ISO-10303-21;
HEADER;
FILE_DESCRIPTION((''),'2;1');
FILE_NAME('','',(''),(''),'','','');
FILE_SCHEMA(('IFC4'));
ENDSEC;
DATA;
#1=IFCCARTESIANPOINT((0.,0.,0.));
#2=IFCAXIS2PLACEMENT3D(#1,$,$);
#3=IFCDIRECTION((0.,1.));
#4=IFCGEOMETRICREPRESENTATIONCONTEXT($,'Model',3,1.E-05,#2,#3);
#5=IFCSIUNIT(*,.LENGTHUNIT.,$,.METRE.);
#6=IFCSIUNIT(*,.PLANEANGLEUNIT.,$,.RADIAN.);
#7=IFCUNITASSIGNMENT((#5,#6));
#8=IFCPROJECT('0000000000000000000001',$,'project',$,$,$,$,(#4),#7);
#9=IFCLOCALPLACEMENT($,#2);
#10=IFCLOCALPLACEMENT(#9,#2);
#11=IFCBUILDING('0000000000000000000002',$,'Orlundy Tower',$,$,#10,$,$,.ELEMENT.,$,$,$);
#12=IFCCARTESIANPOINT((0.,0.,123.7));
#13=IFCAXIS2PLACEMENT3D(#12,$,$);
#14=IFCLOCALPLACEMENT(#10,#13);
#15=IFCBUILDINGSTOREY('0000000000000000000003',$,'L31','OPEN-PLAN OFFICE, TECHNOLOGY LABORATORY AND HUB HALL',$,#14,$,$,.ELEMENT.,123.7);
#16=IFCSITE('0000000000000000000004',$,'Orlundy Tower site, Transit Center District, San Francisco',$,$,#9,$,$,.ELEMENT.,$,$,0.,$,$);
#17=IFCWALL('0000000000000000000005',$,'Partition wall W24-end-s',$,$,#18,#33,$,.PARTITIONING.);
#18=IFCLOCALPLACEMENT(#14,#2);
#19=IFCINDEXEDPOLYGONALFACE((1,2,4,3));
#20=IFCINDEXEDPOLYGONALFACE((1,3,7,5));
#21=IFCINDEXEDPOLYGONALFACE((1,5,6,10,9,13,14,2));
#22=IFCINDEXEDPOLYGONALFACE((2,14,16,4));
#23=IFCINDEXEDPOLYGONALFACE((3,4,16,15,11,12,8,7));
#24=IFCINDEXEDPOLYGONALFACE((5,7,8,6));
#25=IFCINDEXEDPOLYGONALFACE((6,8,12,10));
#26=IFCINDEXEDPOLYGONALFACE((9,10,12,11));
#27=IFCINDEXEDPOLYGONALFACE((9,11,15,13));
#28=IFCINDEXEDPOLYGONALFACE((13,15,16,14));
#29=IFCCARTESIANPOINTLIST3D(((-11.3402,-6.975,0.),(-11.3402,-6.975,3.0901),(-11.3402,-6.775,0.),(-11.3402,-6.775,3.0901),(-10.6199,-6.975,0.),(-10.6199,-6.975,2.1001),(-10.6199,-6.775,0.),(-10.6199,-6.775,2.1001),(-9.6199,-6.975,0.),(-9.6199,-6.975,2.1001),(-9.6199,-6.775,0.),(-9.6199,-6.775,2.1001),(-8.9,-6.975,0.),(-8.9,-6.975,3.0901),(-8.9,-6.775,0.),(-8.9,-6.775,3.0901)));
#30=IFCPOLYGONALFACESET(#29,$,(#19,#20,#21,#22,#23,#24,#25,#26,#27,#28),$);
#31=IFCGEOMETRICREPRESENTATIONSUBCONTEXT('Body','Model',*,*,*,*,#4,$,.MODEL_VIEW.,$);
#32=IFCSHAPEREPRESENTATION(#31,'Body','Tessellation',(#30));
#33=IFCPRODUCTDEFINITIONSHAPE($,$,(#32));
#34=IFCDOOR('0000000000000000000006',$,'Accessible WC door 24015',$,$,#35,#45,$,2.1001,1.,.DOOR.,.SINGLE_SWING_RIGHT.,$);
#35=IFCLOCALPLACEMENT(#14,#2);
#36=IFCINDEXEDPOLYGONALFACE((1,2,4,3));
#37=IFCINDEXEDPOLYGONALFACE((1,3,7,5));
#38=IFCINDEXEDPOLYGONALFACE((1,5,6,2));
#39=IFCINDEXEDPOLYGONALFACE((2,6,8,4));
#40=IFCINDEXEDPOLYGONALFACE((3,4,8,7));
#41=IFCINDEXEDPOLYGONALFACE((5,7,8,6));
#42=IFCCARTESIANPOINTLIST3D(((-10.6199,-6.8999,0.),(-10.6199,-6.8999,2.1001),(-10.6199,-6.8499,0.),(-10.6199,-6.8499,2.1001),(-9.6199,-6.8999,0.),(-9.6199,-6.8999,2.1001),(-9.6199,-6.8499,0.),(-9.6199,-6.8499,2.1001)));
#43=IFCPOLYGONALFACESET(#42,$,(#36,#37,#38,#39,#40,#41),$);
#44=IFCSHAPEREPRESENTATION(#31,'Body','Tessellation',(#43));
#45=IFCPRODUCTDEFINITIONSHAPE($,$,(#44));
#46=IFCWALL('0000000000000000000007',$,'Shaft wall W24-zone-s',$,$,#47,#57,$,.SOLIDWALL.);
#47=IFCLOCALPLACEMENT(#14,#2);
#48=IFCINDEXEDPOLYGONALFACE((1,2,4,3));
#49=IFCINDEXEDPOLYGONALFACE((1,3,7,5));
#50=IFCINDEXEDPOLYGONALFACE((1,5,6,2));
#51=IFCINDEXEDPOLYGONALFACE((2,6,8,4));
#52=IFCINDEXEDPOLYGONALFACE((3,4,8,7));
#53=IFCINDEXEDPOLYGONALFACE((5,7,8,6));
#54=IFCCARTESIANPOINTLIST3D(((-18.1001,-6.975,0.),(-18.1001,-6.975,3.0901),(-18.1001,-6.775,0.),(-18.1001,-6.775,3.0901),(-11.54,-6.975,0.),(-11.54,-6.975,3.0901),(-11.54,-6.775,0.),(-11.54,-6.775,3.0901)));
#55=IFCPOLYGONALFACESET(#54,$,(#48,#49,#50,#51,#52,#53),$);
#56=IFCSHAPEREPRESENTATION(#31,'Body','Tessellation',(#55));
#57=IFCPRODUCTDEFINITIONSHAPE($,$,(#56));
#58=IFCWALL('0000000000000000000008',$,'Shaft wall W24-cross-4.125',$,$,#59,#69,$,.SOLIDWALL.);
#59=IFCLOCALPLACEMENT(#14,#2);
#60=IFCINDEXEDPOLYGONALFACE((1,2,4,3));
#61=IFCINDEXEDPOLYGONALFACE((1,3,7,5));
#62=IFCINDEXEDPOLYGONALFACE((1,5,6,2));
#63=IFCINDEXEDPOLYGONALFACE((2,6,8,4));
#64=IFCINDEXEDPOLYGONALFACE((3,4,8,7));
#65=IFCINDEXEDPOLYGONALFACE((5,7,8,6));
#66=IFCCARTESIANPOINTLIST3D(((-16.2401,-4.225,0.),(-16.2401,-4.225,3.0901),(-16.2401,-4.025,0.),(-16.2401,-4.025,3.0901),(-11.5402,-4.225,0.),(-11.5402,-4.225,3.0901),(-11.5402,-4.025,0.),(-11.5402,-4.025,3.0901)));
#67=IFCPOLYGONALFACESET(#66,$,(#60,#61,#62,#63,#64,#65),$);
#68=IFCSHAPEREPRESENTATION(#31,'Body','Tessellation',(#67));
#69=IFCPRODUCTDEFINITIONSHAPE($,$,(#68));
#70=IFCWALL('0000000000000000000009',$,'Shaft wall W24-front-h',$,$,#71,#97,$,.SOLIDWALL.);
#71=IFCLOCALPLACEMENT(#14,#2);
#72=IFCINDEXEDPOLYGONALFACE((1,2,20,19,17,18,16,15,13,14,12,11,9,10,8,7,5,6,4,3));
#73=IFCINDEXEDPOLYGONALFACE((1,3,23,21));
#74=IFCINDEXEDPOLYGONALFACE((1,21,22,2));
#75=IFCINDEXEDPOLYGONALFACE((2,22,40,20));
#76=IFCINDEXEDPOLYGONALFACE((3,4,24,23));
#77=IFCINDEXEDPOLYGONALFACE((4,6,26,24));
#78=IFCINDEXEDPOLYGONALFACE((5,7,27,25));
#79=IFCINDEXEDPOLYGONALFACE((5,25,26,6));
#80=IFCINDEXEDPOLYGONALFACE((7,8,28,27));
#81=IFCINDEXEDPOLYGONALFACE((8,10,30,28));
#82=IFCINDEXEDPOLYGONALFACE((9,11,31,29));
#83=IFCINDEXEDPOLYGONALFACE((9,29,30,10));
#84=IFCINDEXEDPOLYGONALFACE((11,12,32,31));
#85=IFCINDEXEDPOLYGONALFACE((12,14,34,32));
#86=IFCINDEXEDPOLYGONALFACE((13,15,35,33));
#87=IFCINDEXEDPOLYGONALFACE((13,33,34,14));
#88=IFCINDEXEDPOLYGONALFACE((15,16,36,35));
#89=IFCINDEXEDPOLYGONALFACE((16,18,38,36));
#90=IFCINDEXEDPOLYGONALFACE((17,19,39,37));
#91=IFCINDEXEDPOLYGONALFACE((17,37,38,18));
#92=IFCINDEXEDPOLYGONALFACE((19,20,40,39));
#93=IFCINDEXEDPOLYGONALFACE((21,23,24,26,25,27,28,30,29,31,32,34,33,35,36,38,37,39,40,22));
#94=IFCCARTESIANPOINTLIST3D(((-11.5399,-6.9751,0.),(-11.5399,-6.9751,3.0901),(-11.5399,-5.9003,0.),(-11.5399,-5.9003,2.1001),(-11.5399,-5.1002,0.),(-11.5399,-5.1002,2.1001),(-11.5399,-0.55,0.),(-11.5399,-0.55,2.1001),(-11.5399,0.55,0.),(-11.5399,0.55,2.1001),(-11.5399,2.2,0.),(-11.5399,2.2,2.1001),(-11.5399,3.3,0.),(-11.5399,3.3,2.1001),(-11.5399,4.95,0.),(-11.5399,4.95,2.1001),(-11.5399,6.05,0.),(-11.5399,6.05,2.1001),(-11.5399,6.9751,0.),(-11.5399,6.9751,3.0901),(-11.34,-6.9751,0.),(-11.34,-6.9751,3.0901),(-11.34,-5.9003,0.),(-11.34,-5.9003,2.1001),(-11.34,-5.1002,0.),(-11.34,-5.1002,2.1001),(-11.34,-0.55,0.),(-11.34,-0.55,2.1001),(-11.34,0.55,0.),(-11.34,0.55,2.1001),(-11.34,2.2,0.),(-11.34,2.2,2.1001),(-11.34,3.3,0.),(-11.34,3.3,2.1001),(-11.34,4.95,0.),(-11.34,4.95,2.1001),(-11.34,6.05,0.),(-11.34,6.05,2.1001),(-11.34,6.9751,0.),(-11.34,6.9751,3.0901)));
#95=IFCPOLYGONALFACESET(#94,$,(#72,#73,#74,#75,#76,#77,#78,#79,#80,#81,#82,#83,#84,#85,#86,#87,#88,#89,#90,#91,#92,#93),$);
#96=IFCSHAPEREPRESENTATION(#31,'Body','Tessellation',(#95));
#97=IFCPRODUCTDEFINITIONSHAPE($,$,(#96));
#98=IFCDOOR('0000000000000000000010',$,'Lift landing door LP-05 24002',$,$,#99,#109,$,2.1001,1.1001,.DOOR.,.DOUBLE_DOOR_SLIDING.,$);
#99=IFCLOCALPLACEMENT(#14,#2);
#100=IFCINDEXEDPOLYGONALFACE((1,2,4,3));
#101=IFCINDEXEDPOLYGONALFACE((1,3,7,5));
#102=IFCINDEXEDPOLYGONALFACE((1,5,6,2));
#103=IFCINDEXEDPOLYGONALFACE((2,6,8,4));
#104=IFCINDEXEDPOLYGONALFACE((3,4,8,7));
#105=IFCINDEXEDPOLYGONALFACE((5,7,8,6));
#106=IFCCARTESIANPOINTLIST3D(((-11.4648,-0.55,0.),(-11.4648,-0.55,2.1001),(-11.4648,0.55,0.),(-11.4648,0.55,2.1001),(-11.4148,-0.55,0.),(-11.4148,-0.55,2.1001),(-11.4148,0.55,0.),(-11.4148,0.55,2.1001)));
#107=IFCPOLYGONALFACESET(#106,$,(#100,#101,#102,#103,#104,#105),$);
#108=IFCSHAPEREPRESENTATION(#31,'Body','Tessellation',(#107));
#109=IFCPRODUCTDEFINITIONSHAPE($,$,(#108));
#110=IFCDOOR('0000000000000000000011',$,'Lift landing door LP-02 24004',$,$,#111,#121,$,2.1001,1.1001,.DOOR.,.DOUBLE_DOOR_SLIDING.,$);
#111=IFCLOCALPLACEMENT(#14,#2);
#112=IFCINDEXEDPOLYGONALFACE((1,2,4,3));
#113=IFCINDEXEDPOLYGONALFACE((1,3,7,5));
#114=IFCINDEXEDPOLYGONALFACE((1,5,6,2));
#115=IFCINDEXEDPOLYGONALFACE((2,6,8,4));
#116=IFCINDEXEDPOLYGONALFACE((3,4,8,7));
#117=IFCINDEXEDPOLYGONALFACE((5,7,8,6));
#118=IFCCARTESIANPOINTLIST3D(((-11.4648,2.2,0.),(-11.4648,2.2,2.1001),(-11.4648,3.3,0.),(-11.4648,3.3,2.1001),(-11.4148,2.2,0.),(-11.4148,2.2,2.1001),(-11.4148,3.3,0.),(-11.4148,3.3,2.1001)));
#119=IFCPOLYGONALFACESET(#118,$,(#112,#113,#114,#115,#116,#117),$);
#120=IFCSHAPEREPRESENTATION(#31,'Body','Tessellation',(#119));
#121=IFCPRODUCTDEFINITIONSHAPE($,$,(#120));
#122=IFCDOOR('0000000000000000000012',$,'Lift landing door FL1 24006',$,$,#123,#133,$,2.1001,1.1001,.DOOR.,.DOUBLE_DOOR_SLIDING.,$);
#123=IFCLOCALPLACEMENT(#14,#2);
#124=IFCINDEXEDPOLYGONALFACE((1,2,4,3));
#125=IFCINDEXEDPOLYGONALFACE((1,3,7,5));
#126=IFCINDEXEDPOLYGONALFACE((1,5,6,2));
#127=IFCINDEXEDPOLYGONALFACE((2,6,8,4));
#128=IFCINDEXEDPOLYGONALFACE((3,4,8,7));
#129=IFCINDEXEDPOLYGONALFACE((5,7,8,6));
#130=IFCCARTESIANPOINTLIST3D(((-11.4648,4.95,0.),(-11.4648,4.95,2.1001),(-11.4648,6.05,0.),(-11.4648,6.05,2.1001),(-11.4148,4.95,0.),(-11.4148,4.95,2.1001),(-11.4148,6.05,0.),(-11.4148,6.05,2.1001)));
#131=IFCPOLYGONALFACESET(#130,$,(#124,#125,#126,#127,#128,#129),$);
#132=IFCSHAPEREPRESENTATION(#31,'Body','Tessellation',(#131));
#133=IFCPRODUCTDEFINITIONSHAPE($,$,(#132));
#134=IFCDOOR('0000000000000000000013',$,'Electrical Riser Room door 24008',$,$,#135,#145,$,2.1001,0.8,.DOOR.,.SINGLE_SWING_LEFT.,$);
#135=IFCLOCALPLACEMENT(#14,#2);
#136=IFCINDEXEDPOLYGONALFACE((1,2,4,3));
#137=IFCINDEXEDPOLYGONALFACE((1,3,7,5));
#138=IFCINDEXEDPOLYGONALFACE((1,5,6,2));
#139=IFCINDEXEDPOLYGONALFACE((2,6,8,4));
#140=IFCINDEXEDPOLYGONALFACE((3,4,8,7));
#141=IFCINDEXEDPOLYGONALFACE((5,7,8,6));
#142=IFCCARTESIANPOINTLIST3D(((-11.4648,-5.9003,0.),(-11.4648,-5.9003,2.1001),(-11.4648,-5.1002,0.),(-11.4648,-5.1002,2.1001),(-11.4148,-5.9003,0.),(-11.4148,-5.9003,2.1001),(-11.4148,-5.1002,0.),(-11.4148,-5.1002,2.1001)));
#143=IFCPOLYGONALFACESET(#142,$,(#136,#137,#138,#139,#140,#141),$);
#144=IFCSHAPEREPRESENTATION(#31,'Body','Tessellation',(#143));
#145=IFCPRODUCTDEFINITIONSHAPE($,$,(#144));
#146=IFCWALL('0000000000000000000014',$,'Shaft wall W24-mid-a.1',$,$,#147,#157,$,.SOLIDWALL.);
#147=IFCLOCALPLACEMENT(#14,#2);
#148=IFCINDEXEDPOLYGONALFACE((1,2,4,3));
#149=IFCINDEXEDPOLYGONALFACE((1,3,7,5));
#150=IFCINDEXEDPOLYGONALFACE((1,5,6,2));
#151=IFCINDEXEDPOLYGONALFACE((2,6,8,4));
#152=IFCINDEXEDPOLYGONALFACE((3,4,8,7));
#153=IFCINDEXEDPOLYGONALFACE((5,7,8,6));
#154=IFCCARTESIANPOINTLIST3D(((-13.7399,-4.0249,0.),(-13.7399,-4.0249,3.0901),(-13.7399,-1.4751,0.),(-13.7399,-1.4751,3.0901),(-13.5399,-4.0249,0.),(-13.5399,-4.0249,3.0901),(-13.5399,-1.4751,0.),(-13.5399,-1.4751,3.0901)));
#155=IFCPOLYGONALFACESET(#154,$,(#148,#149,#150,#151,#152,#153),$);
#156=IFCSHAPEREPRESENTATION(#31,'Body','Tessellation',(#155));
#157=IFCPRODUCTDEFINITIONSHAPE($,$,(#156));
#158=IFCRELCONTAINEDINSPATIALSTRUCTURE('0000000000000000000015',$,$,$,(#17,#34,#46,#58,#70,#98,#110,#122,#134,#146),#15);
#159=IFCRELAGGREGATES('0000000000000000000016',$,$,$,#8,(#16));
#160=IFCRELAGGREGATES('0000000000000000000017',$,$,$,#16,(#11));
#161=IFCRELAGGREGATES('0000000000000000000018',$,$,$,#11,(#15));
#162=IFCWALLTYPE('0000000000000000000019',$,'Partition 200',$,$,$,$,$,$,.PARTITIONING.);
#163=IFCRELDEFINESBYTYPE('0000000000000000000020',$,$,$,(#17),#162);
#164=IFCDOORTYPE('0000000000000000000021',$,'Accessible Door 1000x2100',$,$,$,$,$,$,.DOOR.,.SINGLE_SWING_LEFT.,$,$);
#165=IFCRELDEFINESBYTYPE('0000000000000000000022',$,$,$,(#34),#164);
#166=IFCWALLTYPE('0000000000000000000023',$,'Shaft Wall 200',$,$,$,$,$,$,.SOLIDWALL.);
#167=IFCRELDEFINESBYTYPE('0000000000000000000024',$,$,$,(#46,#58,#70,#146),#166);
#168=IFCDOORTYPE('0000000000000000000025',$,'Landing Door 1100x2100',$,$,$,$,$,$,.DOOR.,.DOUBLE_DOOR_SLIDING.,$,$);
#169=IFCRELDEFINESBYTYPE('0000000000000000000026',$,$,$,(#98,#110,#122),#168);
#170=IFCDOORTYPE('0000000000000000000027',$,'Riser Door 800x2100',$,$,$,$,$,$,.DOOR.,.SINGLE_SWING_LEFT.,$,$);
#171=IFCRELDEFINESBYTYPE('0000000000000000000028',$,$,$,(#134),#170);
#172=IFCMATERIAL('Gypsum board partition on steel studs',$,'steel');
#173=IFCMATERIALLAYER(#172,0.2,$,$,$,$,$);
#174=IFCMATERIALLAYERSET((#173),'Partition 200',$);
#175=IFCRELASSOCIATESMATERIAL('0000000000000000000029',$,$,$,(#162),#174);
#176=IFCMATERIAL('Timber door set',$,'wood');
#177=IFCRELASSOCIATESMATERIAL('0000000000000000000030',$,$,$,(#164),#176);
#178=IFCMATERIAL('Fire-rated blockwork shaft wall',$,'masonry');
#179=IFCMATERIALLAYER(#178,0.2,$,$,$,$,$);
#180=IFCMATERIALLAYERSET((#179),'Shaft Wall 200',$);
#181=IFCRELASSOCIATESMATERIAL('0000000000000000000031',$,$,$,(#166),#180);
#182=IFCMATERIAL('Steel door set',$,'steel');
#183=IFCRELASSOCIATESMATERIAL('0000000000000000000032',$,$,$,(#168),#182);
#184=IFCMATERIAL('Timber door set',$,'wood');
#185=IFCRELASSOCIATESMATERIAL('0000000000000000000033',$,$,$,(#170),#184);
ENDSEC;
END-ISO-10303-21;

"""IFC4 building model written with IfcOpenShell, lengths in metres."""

from ifc_helpers import new_model, si_unit, direction, frame, frame_2d, origin, place, context, subcontext, project, spatial, rectangle, extrude, material, layer, layer_set, type_object, element, fill, save


model = new_model("IFC4")

# Units and contexts
model_context = context("Model", 3, precision=1e-05, world=origin(), true_north=direction((0.0, 1.0)))
body_context = subcontext(model_context, "Body", "Model", "MODEL_VIEW")
ifc_project = project(units=[si_unit("LENGTHUNIT", "METRE"), si_unit("PLANEANGLEUNIT", "RADIAN")], contexts=[model_context])

# Site, building, storey
site_placement = place(None, origin())
site = spatial("IfcSite", under=ifc_project, at=site_placement, Name="Orlundy Tower site, Transit Center District, San Francisco", CompositionType="ELEMENT", RefElevation=0.0)
building_placement = place(site_placement, origin())
building = spatial("IfcBuilding", under=site, at=building_placement, Name="Orlundy Tower", CompositionType="ELEMENT")
storey_placement = place(building_placement, frame((0.0, 0.0, 123.7)))
storey = spatial("IfcBuildingStorey", under=building, at=storey_placement, Name="L31", Description="OPEN-PLAN OFFICE, TECHNOLOGY LABORATORY AND HUB HALL", CompositionType="ELEMENT", Elevation=123.7)

# Wall, opening, door
ifc_material_1 = material(Name="Gypsum board partition on steel studs", Category="steel")
ifc_layer_1 = layer(ifc_material_1, 0.2)
ifc_layer_set_1 = layer_set([ifc_layer_1], Name="Partition 200")
wall_type_1 = type_object("IfcWallType", Name="Partition 200", PredefinedType="PARTITIONING", material=ifc_layer_set_1)
wall_1_placement = place(storey_placement, frame((-8.8999, -6.875, 0.0), z_axis=(0.0, 0.0, 1.0), x_axis=(-1.0, 0.0, 0.0)))
wall_1 = element("IfcWall", 1, at=wall_1_placement, inside=storey, type_object=wall_type_1, Name="Partition wall W24-end-s", PredefinedType="PARTITIONING", context=body_context, shape_type="SweptSolid", body=[
    extrude(rectangle(XDim=2.4402, YDim=0.2, at=frame_2d((1.2202, 0.0))), origin(), (0.0, 0.0, 1.0), 3.0901),
])
opening_1_placement = place(wall_1_placement, frame((0.72, 0.0, 0.0)))
opening_1 = element("IfcOpeningElement", 2, at=opening_1_placement, cuts=wall_1, PredefinedType="OPENING", context=body_context, shape_type="SweptSolid", body=[
    extrude(rectangle(XDim=1.0, YDim=2.1001, at=frame_2d((0.5, 1.05))), frame((0.0, 0.1101, 0.0), z_axis=(0.0, -1.0, 0.0), x_axis=(1.0, 0.0, 0.0)), (0.0, 0.0, 1.0), 0.2202),
])
ifc_material_2 = material(Name="Timber door set", Category="wood")
door_type_1 = type_object("IfcDoorType", Name="Accessible Door 1000x2100", OperationType="SINGLE_SWING_LEFT", PredefinedType="DOOR", material=ifc_material_2)
door_1_placement = place(opening_1_placement, origin())
door_1 = element("IfcDoor", 3, at=door_1_placement, inside=storey, type_object=door_type_1, Name="Accessible WC door 24015", OperationType="SINGLE_SWING_RIGHT", OverallHeight=2.1001, OverallWidth=1.0, PredefinedType="DOOR", context=body_context, shape_type="SweptSolid", body=[
    extrude(rectangle(XDim=1.0, YDim=2.1001, at=frame_2d((0.5, 1.05))), frame((0.0, 0.0249, 0.0), z_axis=(0.0, -1.0, 0.0), x_axis=(1.0, 0.0, 0.0)), (0.0, 0.0, 1.0), 0.05),
])
fill(opening_1, door_1)

# Walls
ifc_material_3 = material(Name="Fire-rated blockwork shaft wall", Category="masonry")
ifc_layer_2 = layer(ifc_material_3, 0.2)
ifc_layer_set_2 = layer_set([ifc_layer_2], Name="Shaft Wall 200")
wall_type_2 = type_object("IfcWallType", Name="Shaft Wall 200", PredefinedType="SOLIDWALL", material=ifc_layer_set_2)
wall_2_placement = place(storey_placement, frame((-11.54, -6.875, 0.0), z_axis=(0.0, 0.0, 1.0), x_axis=(-1.0, 0.0, 0.0)))
element("IfcWall", 4, at=wall_2_placement, inside=storey, type_object=wall_type_2, Name="Shaft wall W24-zone-s", PredefinedType="SOLIDWALL", context=body_context, shape_type="SweptSolid", body=[
    extrude(rectangle(XDim=6.5601, YDim=0.2, at=frame_2d((3.28, 0.0))), origin(), (0.0, 0.0, 1.0), 3.0901),
])
wall_3_placement = place(storey_placement, frame((-11.54, -4.125, 0.0), z_axis=(0.0, 0.0, 1.0), x_axis=(-1.0, 0.0, 0.0)))
element("IfcWall", 5, at=wall_3_placement, inside=storey, type_object=wall_type_2, Name="Shaft wall W24-cross-4.125", PredefinedType="SOLIDWALL", context=body_context, shape_type="SweptSolid", body=[
    extrude(rectangle(XDim=4.7, YDim=0.2, at=frame_2d((2.3501, 0.0))), origin(), (0.0, 0.0, 1.0), 3.0901),
])

# Wall, openings, doors
wall_4_placement = place(storey_placement, frame((-11.4399, -6.9751, 0.0), z_axis=(0.0, 0.0, 1.0), x_axis=(0.0, 1.0, 0.0)))
wall_4 = element("IfcWall", 6, at=wall_4_placement, inside=storey, type_object=wall_type_2, Name="Shaft wall W24-front-h", PredefinedType="SOLIDWALL", context=body_context, shape_type="SweptSolid", body=[
    extrude(rectangle(XDim=13.9502, YDim=0.2, at=frame_2d((6.9751, 0.0))), origin(), (0.0, 0.0, 1.0), 3.0901),
])
opening_2_placement = place(wall_4_placement, frame((6.425, 0.0, 0.0)))
opening_2 = element("IfcOpeningElement", 7, at=opening_2_placement, cuts=wall_4, PredefinedType="OPENING", context=body_context, shape_type="SweptSolid", body=[
    extrude(rectangle(XDim=1.1001, YDim=2.1001, at=frame_2d((0.55, 1.05))), frame((0.0, 0.1101, 0.0), z_axis=(0.0, -1.0, 0.0), x_axis=(1.0, 0.0, 0.0)), (0.0, 0.0, 1.0), 0.2202),
])
opening_3_placement = place(wall_4_placement, frame((9.175, 0.0, 0.0)))
opening_3 = element("IfcOpeningElement", 8, at=opening_3_placement, cuts=wall_4, PredefinedType="OPENING", context=body_context, shape_type="SweptSolid", body=[
    extrude(rectangle(XDim=1.1001, YDim=2.1001, at=frame_2d((0.55, 1.05))), frame((0.0, 0.1101, 0.0), z_axis=(0.0, -1.0, 0.0), x_axis=(1.0, 0.0, 0.0)), (0.0, 0.0, 1.0), 0.2202),
])
opening_4_placement = place(wall_4_placement, frame((11.925, 0.0, 0.0)))
opening_4 = element("IfcOpeningElement", 9, at=opening_4_placement, cuts=wall_4, PredefinedType="OPENING", context=body_context, shape_type="SweptSolid", body=[
    extrude(rectangle(XDim=1.1001, YDim=2.1001, at=frame_2d((0.55, 1.05))), frame((0.0, 0.1101, 0.0), z_axis=(0.0, -1.0, 0.0), x_axis=(1.0, 0.0, 0.0)), (0.0, 0.0, 1.0), 0.2202),
])
opening_5_placement = place(wall_4_placement, frame((1.075, 0.0, 0.0)))
opening_5 = element("IfcOpeningElement", 10, at=opening_5_placement, cuts=wall_4, PredefinedType="OPENING", context=body_context, shape_type="SweptSolid", body=[
    extrude(rectangle(XDim=0.8, YDim=2.1001, at=frame_2d((0.3999, 1.05))), frame((0.0, 0.1101, 0.0), z_axis=(0.0, -1.0, 0.0), x_axis=(1.0, 0.0, 0.0)), (0.0, 0.0, 1.0), 0.2202),
])
ifc_material_4 = material(Name="Steel door set", Category="steel")
door_type_2 = type_object("IfcDoorType", Name="Landing Door 1100x2100", OperationType="DOUBLE_DOOR_SLIDING", PredefinedType="DOOR", material=ifc_material_4)
door_2_placement = place(opening_2_placement, origin())
door_2 = element("IfcDoor", 11, at=door_2_placement, inside=storey, type_object=door_type_2, Name="Lift landing door LP-05 24002", OperationType="DOUBLE_DOOR_SLIDING", OverallHeight=2.1001, OverallWidth=1.1001, PredefinedType="DOOR", context=body_context, shape_type="SweptSolid", body=[
    extrude(rectangle(XDim=1.1001, YDim=2.1001, at=frame_2d((0.55, 1.05))), frame((0.0, 0.0249, 0.0), z_axis=(0.0, -1.0, 0.0), x_axis=(1.0, 0.0, 0.0)), (0.0, 0.0, 1.0), 0.05),
])
fill(opening_2, door_2)
door_3_placement = place(opening_3_placement, origin())
door_3 = element("IfcDoor", 12, at=door_3_placement, inside=storey, type_object=door_type_2, Name="Lift landing door LP-02 24004", OperationType="DOUBLE_DOOR_SLIDING", OverallHeight=2.1001, OverallWidth=1.1001, PredefinedType="DOOR", context=body_context, shape_type="SweptSolid", body=[
    extrude(rectangle(XDim=1.1001, YDim=2.1001, at=frame_2d((0.55, 1.05))), frame((0.0, 0.0249, 0.0), z_axis=(0.0, -1.0, 0.0), x_axis=(1.0, 0.0, 0.0)), (0.0, 0.0, 1.0), 0.05),
])
fill(opening_3, door_3)
door_4_placement = place(opening_4_placement, origin())
door_4 = element("IfcDoor", 13, at=door_4_placement, inside=storey, type_object=door_type_2, Name="Lift landing door FL1 24006", OperationType="DOUBLE_DOOR_SLIDING", OverallHeight=2.1001, OverallWidth=1.1001, PredefinedType="DOOR", context=body_context, shape_type="SweptSolid", body=[
    extrude(rectangle(XDim=1.1001, YDim=2.1001, at=frame_2d((0.55, 1.05))), frame((0.0, 0.0249, 0.0), z_axis=(0.0, -1.0, 0.0), x_axis=(1.0, 0.0, 0.0)), (0.0, 0.0, 1.0), 0.05),
])
fill(opening_4, door_4)
ifc_material_5 = material(Name="Timber door set", Category="wood")
door_type_3 = type_object("IfcDoorType", Name="Riser Door 800x2100", OperationType="SINGLE_SWING_LEFT", PredefinedType="DOOR", material=ifc_material_5)
door_5_placement = place(opening_5_placement, origin())
door_5 = element("IfcDoor", 14, at=door_5_placement, inside=storey, type_object=door_type_3, Name="Electrical Riser Room door 24008", OperationType="SINGLE_SWING_LEFT", OverallHeight=2.1001, OverallWidth=0.8, PredefinedType="DOOR", context=body_context, shape_type="SweptSolid", body=[
    extrude(rectangle(XDim=0.8, YDim=2.1001, at=frame_2d((0.3999, 1.05))), frame((0.0, 0.0249, 0.0), z_axis=(0.0, -1.0, 0.0), x_axis=(1.0, 0.0, 0.0)), (0.0, 0.0, 1.0), 0.05),
])
fill(opening_5, door_5)

# Wall
wall_5_placement = place(storey_placement, frame((-13.6399, -4.0249, 0.0), z_axis=(0.0, 0.0, 1.0), x_axis=(0.0, 1.0, 0.0)))
element("IfcWall", 15, at=wall_5_placement, inside=storey, type_object=wall_type_2, Name="Shaft wall W24-mid-a.1", PredefinedType="SOLIDWALL", context=body_context, shape_type="SweptSolid", body=[
    extrude(rectangle(XDim=2.5498, YDim=0.2, at=frame_2d((1.2749, 0.0))), origin(), (0.0, 0.0, 1.0), 3.0901),
])

save(model, "model.ifc")
